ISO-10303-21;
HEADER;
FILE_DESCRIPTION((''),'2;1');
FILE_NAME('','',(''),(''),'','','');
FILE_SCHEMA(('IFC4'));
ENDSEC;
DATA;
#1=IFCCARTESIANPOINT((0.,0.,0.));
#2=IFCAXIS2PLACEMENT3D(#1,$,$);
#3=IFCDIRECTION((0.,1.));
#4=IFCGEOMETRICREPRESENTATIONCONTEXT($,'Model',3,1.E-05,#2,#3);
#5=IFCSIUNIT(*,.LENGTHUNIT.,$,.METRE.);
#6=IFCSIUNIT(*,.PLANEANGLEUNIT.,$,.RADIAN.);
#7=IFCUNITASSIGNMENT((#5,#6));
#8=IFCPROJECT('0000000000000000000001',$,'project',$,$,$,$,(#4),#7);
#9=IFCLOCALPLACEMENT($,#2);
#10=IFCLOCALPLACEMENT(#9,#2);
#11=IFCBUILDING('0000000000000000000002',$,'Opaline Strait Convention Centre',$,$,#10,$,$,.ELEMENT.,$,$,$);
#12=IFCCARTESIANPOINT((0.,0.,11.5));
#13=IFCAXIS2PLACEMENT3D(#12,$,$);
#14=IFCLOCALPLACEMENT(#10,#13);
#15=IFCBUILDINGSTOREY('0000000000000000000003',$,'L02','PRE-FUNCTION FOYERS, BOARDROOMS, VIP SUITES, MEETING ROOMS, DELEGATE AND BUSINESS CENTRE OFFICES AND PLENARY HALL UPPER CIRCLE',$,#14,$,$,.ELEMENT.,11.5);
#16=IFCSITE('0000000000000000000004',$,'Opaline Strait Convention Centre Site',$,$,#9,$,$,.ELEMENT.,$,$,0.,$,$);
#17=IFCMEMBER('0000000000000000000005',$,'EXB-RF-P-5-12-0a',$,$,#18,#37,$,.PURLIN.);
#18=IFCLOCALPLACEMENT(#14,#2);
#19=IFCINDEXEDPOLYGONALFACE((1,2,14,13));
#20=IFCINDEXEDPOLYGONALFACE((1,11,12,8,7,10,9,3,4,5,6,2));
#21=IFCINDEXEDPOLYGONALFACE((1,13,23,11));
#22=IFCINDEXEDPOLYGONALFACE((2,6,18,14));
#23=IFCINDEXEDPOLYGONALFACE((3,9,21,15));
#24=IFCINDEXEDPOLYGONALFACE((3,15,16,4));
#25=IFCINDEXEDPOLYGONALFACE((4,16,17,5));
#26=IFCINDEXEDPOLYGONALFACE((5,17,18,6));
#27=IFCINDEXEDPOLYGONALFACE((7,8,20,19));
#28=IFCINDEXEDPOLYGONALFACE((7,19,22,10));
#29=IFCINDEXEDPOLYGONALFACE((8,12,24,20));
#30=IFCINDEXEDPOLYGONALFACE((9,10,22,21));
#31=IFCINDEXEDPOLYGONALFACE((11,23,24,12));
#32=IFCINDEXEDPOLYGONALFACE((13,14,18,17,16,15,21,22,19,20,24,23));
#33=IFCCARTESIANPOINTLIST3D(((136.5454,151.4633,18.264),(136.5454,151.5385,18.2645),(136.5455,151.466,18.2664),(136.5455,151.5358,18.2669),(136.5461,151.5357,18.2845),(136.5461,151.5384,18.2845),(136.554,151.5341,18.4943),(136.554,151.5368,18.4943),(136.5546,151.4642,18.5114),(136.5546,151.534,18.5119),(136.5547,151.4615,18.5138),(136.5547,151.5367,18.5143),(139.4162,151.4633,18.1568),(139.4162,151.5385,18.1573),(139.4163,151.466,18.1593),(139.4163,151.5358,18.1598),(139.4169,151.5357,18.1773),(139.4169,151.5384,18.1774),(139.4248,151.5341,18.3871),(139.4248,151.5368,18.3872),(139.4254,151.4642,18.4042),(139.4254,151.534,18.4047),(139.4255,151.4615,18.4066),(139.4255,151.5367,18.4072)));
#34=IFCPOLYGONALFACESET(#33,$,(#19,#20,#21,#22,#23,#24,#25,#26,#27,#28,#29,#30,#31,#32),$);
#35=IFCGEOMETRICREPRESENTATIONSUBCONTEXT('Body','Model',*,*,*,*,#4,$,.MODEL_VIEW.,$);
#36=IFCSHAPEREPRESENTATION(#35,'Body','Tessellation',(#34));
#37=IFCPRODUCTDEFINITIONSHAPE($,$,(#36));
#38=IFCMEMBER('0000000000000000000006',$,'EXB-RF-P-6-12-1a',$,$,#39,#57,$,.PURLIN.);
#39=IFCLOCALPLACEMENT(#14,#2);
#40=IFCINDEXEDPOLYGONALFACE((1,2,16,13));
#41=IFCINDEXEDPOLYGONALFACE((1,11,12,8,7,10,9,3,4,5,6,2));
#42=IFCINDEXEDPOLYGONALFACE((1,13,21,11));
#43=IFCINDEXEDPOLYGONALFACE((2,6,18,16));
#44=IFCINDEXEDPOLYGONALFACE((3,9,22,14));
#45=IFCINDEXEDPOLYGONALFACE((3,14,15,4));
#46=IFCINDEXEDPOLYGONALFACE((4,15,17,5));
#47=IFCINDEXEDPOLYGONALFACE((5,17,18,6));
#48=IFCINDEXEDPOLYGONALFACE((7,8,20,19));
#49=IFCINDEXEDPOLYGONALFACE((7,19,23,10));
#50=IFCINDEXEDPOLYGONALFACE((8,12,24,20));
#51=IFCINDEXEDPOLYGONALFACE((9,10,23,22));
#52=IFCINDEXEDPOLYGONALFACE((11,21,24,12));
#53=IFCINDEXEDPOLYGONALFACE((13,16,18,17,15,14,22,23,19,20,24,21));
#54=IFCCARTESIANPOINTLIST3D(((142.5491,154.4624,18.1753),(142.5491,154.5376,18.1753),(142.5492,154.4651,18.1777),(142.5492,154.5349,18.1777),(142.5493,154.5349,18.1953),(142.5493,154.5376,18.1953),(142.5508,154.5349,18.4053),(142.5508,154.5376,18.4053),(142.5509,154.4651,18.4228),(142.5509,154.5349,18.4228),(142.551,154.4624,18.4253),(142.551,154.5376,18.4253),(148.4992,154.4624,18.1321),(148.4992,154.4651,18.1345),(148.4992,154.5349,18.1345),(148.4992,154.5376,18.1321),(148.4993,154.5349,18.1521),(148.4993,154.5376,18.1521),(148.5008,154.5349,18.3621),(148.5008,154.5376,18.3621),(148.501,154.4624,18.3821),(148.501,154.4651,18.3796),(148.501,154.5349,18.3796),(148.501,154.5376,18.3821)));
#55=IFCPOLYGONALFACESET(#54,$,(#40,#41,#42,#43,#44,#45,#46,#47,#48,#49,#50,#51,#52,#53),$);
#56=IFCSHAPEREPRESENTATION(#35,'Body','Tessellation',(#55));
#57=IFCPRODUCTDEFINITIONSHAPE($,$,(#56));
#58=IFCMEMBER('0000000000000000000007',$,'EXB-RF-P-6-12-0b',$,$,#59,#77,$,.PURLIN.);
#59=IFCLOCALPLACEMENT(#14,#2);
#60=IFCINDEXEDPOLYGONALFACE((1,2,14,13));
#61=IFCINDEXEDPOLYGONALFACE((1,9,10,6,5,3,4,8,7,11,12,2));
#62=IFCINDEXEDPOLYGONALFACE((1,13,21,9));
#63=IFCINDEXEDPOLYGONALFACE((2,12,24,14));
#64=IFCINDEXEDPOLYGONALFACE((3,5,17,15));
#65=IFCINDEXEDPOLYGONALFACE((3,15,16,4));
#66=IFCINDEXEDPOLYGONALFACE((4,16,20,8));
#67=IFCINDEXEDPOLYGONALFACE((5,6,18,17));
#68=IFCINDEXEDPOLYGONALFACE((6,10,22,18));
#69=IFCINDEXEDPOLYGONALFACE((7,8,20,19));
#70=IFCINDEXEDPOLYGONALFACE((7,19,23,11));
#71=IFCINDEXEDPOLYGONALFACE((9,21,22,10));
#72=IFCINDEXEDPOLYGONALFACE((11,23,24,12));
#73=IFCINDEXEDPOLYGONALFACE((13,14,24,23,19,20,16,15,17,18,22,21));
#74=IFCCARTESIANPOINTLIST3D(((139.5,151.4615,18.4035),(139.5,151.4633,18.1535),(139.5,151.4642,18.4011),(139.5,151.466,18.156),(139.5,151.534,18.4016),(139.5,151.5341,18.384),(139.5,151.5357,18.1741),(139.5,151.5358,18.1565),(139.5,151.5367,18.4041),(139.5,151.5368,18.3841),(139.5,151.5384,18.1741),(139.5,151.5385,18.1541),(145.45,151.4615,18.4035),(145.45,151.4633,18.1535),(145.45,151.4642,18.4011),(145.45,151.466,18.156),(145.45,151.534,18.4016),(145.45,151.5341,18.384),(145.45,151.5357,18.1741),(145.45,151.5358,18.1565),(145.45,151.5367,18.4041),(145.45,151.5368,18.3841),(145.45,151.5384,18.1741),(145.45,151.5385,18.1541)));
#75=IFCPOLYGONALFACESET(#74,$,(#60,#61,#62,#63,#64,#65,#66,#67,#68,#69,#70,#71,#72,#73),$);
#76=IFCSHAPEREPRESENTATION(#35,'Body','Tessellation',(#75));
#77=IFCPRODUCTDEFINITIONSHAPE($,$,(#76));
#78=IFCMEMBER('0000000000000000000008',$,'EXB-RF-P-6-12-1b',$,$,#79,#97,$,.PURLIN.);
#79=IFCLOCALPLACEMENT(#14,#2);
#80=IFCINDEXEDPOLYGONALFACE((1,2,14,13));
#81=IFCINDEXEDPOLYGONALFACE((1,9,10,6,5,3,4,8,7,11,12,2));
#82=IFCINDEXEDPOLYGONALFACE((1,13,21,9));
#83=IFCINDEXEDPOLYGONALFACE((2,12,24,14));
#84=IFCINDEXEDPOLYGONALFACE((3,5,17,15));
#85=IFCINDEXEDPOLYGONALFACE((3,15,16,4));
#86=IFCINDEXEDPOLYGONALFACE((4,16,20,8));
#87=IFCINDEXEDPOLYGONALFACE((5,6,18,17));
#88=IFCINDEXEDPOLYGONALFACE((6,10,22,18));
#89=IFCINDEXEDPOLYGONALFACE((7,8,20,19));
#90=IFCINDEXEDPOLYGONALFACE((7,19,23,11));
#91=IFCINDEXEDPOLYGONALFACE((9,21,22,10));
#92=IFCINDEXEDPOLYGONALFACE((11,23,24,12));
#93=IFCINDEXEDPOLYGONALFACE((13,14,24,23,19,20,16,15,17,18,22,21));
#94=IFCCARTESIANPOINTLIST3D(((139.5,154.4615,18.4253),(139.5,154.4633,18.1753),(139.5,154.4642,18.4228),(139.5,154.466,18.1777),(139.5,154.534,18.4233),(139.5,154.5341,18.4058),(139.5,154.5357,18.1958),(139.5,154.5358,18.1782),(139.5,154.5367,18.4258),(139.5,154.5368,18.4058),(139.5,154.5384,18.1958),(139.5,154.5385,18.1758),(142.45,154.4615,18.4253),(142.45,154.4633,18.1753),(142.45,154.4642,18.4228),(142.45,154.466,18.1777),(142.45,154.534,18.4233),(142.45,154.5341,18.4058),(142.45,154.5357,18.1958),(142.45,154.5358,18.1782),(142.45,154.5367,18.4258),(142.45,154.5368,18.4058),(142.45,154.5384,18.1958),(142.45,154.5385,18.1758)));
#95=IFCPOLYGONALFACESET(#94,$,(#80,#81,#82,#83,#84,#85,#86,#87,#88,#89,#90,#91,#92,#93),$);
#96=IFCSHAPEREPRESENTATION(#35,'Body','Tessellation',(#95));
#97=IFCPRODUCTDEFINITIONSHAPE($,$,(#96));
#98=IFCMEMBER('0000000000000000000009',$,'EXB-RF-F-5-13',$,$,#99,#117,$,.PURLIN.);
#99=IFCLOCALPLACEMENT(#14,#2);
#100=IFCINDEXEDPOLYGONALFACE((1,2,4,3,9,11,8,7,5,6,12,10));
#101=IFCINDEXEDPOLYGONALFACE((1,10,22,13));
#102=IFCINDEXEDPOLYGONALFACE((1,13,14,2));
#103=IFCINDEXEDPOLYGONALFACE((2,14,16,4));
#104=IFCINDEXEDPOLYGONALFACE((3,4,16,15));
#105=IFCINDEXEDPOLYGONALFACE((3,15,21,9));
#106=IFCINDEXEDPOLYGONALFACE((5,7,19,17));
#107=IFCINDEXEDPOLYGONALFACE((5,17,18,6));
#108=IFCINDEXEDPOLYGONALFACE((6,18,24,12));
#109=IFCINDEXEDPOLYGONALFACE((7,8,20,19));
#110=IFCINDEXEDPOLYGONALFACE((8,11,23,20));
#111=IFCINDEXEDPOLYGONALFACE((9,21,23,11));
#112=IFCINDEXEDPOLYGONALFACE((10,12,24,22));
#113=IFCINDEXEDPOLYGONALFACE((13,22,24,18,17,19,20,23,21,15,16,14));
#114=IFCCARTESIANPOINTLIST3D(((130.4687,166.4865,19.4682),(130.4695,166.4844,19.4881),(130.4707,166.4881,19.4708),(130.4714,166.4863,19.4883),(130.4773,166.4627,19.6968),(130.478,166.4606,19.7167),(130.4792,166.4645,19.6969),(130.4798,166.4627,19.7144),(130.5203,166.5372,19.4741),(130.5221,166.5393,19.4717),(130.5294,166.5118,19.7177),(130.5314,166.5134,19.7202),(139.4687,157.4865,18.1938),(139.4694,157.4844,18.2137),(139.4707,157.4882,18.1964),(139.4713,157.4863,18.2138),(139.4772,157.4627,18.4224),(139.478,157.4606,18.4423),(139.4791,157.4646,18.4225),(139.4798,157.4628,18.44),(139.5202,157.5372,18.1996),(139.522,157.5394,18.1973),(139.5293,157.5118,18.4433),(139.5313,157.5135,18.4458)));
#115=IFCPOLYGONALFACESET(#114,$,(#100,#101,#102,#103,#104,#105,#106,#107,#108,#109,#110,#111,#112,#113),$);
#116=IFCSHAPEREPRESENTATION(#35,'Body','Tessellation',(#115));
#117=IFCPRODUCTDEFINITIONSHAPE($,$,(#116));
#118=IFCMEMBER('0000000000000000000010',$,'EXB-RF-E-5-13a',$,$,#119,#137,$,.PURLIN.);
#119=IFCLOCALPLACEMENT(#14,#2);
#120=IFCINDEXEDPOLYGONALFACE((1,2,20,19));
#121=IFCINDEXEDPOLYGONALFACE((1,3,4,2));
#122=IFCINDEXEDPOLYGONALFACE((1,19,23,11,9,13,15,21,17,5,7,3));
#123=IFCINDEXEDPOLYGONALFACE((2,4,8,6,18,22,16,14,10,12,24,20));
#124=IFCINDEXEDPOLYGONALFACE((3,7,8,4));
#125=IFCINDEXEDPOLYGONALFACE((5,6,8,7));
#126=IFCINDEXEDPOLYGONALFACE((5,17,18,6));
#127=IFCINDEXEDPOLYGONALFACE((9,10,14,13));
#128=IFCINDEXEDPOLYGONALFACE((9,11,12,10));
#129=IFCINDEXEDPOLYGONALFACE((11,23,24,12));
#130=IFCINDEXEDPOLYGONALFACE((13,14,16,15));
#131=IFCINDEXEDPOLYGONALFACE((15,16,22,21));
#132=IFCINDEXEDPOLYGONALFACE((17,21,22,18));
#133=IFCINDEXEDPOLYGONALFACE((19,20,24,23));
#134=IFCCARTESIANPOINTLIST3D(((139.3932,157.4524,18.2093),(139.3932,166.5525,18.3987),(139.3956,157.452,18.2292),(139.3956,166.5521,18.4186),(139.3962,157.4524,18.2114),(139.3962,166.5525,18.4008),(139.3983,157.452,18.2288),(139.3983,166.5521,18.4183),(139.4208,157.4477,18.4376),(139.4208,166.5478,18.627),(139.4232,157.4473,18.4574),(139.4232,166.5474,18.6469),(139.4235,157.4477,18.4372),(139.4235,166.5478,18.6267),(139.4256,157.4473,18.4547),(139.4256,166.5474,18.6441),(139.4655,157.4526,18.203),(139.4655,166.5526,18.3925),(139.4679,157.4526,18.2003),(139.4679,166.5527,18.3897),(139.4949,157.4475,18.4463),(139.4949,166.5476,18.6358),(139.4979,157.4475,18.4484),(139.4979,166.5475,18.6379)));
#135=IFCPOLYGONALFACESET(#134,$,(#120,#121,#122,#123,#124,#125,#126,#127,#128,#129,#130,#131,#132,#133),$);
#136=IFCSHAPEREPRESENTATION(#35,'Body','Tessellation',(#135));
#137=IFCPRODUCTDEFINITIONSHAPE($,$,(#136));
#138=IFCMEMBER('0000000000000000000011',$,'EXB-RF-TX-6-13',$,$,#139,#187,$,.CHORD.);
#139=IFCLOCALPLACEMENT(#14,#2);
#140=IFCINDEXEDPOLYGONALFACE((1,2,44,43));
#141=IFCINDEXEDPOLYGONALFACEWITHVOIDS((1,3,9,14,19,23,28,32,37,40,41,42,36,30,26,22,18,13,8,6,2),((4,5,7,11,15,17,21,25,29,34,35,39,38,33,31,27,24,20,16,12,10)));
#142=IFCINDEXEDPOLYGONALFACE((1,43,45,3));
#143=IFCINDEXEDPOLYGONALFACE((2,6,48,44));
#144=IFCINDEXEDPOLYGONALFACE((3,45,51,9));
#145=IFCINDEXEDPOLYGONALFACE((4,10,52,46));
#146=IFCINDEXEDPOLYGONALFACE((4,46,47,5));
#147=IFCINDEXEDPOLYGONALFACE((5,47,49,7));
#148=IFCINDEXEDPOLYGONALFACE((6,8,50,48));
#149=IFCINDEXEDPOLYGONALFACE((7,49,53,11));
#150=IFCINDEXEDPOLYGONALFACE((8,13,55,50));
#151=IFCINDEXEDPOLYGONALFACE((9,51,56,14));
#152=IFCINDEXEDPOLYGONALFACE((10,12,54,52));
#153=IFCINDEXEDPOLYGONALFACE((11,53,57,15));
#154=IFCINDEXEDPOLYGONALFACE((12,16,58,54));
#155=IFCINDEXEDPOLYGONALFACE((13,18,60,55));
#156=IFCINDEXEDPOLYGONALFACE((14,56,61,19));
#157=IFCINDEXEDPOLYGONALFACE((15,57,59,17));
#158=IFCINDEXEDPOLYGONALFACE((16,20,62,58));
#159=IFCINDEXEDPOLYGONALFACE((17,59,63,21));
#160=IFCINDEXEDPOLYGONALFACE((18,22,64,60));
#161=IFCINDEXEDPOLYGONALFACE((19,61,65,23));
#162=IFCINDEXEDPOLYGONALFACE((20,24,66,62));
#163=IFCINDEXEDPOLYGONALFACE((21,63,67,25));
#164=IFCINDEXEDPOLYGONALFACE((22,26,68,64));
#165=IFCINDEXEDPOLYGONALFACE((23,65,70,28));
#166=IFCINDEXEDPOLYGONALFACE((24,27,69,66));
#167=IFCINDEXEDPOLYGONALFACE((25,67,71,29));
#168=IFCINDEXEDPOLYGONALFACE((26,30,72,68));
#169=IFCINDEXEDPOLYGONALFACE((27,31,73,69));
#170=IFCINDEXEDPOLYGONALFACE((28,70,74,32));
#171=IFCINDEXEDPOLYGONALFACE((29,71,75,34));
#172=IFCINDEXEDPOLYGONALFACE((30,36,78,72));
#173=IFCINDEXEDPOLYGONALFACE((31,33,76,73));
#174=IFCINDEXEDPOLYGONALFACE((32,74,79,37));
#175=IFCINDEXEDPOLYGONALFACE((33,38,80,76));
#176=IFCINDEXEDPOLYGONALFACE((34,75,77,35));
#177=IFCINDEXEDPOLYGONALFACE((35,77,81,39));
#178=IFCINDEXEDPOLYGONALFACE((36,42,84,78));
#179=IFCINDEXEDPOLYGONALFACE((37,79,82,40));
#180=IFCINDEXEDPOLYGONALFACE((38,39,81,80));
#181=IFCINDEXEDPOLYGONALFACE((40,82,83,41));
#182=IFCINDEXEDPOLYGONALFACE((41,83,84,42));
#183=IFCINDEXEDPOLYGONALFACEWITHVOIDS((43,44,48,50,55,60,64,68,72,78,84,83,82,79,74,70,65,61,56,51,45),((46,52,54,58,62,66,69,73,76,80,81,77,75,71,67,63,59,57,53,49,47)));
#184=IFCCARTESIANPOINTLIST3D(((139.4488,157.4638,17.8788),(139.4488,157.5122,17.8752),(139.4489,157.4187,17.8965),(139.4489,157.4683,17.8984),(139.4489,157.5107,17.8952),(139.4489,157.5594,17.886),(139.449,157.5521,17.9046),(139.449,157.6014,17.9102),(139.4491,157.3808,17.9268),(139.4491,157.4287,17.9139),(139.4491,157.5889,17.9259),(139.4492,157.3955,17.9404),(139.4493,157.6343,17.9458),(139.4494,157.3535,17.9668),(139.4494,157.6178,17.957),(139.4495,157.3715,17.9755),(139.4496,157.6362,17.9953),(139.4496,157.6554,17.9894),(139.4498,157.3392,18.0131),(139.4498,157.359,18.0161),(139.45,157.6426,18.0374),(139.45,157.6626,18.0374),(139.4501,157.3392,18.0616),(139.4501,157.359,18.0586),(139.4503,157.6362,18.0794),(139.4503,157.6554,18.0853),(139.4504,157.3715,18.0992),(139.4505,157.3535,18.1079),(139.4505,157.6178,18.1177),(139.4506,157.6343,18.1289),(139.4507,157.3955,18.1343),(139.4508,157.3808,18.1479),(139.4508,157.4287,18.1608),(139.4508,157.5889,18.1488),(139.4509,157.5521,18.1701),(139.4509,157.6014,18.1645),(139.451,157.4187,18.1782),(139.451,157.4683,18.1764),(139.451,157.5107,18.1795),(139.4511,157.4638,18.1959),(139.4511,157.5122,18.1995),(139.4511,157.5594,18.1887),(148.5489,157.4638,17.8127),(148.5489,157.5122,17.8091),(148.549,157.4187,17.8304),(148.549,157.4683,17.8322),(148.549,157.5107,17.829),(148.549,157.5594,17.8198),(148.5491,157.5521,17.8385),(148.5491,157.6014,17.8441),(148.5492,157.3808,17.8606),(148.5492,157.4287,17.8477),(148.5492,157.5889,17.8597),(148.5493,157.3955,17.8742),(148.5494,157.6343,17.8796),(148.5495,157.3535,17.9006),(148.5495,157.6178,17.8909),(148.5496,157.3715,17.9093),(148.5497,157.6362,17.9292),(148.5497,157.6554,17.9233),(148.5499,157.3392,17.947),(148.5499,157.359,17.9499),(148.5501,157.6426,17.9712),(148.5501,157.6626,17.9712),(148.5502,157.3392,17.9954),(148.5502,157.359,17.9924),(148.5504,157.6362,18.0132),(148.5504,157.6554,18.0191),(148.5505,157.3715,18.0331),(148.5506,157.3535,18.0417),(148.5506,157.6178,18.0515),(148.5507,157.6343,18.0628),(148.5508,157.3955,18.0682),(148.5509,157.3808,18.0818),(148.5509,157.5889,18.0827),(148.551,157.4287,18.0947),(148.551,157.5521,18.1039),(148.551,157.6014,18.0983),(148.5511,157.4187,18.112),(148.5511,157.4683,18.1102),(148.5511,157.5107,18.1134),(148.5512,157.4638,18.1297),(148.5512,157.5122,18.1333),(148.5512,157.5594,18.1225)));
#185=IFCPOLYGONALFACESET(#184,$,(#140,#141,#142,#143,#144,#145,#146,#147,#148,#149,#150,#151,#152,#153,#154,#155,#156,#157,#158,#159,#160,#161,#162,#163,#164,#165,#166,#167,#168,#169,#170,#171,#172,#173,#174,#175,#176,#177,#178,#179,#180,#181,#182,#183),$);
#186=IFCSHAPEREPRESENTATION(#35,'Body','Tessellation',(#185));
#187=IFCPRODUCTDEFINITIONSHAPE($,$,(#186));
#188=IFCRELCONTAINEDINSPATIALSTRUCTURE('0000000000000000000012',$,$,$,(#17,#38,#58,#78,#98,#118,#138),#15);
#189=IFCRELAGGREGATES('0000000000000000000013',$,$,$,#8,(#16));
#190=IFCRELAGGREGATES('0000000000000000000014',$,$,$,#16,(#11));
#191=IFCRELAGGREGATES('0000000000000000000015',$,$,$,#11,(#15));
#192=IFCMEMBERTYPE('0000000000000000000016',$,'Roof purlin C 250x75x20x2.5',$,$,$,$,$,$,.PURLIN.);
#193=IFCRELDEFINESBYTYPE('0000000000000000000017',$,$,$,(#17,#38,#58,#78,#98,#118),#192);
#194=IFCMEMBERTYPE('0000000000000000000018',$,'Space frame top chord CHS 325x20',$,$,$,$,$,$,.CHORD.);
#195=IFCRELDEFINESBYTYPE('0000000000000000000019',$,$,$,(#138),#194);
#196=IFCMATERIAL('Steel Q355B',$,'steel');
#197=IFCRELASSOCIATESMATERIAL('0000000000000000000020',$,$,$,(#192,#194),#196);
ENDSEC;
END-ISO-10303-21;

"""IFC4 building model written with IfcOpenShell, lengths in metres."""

from ifc_helpers import new_model, si_unit, direction, frame, origin, origin_2d, place, context, subcontext, project, spatial, polyline, hollow_circle, outline, extrude, material, material_profile, profile_set, type_object, element, save


model = new_model("IFC4")

# Units and contexts
model_context = context("Model", 3, precision=1e-05, world=origin(), true_north=direction((0.0, 1.0)))
body_context = subcontext(model_context, "Body", "Model", "MODEL_VIEW")
ifc_project = project(units=[si_unit("LENGTHUNIT", "METRE"), si_unit("PLANEANGLEUNIT", "RADIAN")], contexts=[model_context])

# Site, building, storey
site_placement = place(None, origin())
site = spatial("IfcSite", under=ifc_project, at=site_placement, Name="Opaline Strait Convention Centre Site", CompositionType="ELEMENT", RefElevation=0.0)
building_placement = place(site_placement, origin())
building = spatial("IfcBuilding", under=site, at=building_placement, Name="Opaline Strait Convention Centre", CompositionType="ELEMENT")
storey_placement = place(building_placement, frame((0.0, 0.0, 11.5)))
storey = spatial("IfcBuildingStorey", under=building, at=storey_placement, Name="L02", Description="PRE-FUNCTION FOYERS, BOARDROOMS, VIP SUITES, MEETING ROOMS, DELEGATE AND BUSINESS CENTRE OFFICES AND PLENARY HALL UPPER CIRCLE", CompositionType="ELEMENT", Elevation=11.5)

# Members
ifc_material_1 = material(Name="Steel Q355B", Category="steel")
ifc_material_profile_1 = material_profile(ifc_material_1, outline(polyline([(-0.0376, -0.125), (0.0376, -0.125), (0.0376, -0.105), (0.0349, -0.105), (0.0349, -0.1226), (-0.0349, -0.1226), (-0.0349, 0.1226), (0.0349, 0.1226), (0.0349, 0.105), (0.0376, 0.105), (0.0376, 0.125), (-0.0376, 0.125), (-0.0376, -0.125)])), Name="C 250x75x20x2.5")
ifc_profile_set_1 = profile_set([ifc_material_profile_1], Name="Steel Q355B")
member_type_1 = type_object("IfcMemberType", Name="Roof purlin C 250x75x20x2.5", PredefinedType="PURLIN", material=ifc_profile_set_1)
member_1_placement = place(storey_placement, frame((136.55, 151.5, 18.3892), z_axis=(0.999304, 0.0, -0.037307), x_axis=(0.000271, 0.999974, 0.007269)))
element("IfcMember", 1, at=member_1_placement, inside=storey, type_object=member_type_1, Name="EXB-RF-P-5-12-0a", PredefinedType="PURLIN", context=body_context, shape_type="SweptSolid", body=[
    extrude(outline(polyline([(-0.0376, -0.125), (0.0376, -0.125), (0.0376, -0.105), (0.0349, -0.105), (0.0349, -0.1226), (-0.0349, -0.1226), (-0.0349, 0.1226), (0.0349, 0.1226), (0.0349, 0.105), (0.0376, 0.105), (0.0376, 0.125), (-0.0376, 0.125), (-0.0376, -0.125)])), origin(), (0.0, 0.0, 1.0), 2.8728),
])
member_2_placement = place(storey_placement, frame((142.55, 154.5, 18.3003), z_axis=(0.999974, 0.0, -0.007263), x_axis=(0.0, 1.0, 0.0)))
element("IfcMember", 2, at=member_2_placement, inside=storey, type_object=member_type_1, Name="EXB-RF-P-6-12-1a", PredefinedType="PURLIN", context=body_context, shape_type="SweptSolid", body=[
    extrude(outline(polyline([(-0.0376, -0.125), (0.0376, -0.125), (0.0376, -0.105), (0.0349, -0.105), (0.0349, -0.1226), (-0.0349, -0.1226), (-0.0349, 0.1226), (0.0349, 0.1226), (0.0349, 0.105), (0.0376, 0.105), (0.0376, 0.125), (-0.0376, 0.125), (-0.0376, -0.125)])), origin(), (0.0, 0.0, 1.0), 5.9502),
])
member_3_placement = place(storey_placement, frame((139.5, 151.5, 18.2788), z_axis=(1.0, 0.0, 0.0), x_axis=(0.0, 0.999974, 0.007274)))
element("IfcMember", 3, at=member_3_placement, inside=storey, type_object=member_type_1, Name="EXB-RF-P-6-12-0b", PredefinedType="PURLIN", context=body_context, shape_type="SweptSolid", body=[
    extrude(outline(polyline([(-0.0376, -0.125), (0.0376, -0.125), (0.0376, -0.105), (0.0349, -0.105), (0.0349, -0.1226), (-0.0349, -0.1226), (-0.0349, 0.1226), (0.0349, 0.1226), (0.0349, 0.105), (0.0376, 0.105), (0.0376, 0.125), (-0.0376, 0.125), (-0.0376, -0.125)])), origin(), (0.0, 0.0, 1.0), 5.95),
])
member_4_placement = place(storey_placement, frame((139.5, 154.5, 18.3005), z_axis=(1.0, 0.0, 0.0), x_axis=(0.0, 0.999974, 0.007274)))
element("IfcMember", 4, at=member_4_placement, inside=storey, type_object=member_type_1, Name="EXB-RF-P-6-12-1b", PredefinedType="PURLIN", context=body_context, shape_type="SweptSolid", body=[
    extrude(outline(polyline([(-0.0376, -0.125), (0.0376, -0.125), (0.0376, -0.105), (0.0349, -0.105), (0.0349, -0.1226), (-0.0349, -0.1226), (-0.0349, 0.1226), (0.0349, 0.1226), (0.0349, 0.105), (0.0376, 0.105), (0.0376, 0.125), (-0.0376, 0.125), (-0.0376, -0.125)])), origin(), (0.0, 0.0, 1.0), 2.95),
])
member_5_placement = place(storey_placement, frame((139.5, 157.5, 18.3198), z_axis=(-0.703589, 0.703589, 0.099629), x_axis=(-0.709636, -0.703016, -0.046745)))
element("IfcMember", 5, at=member_5_placement, inside=storey, type_object=member_type_1, Name="EXB-RF-F-5-13", PredefinedType="PURLIN", context=body_context, shape_type="SweptSolid", body=[
    extrude(outline(polyline([(-0.0376, -0.125), (0.0376, -0.125), (0.0376, -0.105), (0.0349, -0.105), (0.0349, -0.1226), (-0.0349, -0.1226), (-0.0349, 0.1226), (0.0349, 0.1226), (0.0349, 0.105), (0.0376, 0.105), (0.0376, 0.125), (-0.0376, 0.125), (-0.0376, -0.125)])), origin(), (0.0, 0.0, 1.0), 12.7915),
])
member_6_placement = place(storey_placement, frame((139.4456, 157.45, 18.3289), z_axis=(0.0, 0.999783, 0.020814), x_axis=(-0.992786, -0.002496, 0.11987)))
element("IfcMember", 6, at=member_6_placement, inside=storey, type_object=member_type_1, Name="EXB-RF-E-5-13a", PredefinedType="PURLIN", context=body_context, shape_type="SweptSolid", body=[
    extrude(outline(polyline([(-0.0376, -0.125), (0.0376, -0.125), (0.0376, -0.105), (0.0349, -0.105), (0.0349, -0.1226), (-0.0349, -0.1226), (-0.0349, 0.1226), (0.0349, 0.1226), (0.0349, 0.105), (0.0376, 0.105), (0.0376, 0.125), (-0.0376, 0.125), (-0.0376, -0.125)])), origin(), (0.0, 0.0, 1.0), 9.1021),
])
ifc_material_profile_2 = material_profile(ifc_material_1, hollow_circle(Radius=0.1626, WallThickness=0.02, at=origin_2d()), Name="CHS 325x20")
ifc_profile_set_2 = profile_set([ifc_material_profile_2], Name="Steel Q355B")
member_type_2 = type_object("IfcMemberType", Name="Space frame top chord CHS 325x20", PredefinedType="CHORD", material=ifc_profile_set_2)
member_7_placement = place(storey_placement, frame((139.45, 157.5, 18.0374), z_axis=(0.999974, 0.0, -0.00727), x_axis=(0.0, 1.0, 0.0)))
element("IfcMember", 7, at=member_7_placement, inside=storey, type_object=member_type_2, Name="EXB-RF-TX-6-13", PredefinedType="CHORD", context=body_context, shape_type="SweptSolid", body=[
    extrude(hollow_circle(Radius=0.1626, WallThickness=0.02, at=origin_2d()), origin(), (0.0, 0.0, 1.0), 9.1003),
])

save(model, "model.ifc")
